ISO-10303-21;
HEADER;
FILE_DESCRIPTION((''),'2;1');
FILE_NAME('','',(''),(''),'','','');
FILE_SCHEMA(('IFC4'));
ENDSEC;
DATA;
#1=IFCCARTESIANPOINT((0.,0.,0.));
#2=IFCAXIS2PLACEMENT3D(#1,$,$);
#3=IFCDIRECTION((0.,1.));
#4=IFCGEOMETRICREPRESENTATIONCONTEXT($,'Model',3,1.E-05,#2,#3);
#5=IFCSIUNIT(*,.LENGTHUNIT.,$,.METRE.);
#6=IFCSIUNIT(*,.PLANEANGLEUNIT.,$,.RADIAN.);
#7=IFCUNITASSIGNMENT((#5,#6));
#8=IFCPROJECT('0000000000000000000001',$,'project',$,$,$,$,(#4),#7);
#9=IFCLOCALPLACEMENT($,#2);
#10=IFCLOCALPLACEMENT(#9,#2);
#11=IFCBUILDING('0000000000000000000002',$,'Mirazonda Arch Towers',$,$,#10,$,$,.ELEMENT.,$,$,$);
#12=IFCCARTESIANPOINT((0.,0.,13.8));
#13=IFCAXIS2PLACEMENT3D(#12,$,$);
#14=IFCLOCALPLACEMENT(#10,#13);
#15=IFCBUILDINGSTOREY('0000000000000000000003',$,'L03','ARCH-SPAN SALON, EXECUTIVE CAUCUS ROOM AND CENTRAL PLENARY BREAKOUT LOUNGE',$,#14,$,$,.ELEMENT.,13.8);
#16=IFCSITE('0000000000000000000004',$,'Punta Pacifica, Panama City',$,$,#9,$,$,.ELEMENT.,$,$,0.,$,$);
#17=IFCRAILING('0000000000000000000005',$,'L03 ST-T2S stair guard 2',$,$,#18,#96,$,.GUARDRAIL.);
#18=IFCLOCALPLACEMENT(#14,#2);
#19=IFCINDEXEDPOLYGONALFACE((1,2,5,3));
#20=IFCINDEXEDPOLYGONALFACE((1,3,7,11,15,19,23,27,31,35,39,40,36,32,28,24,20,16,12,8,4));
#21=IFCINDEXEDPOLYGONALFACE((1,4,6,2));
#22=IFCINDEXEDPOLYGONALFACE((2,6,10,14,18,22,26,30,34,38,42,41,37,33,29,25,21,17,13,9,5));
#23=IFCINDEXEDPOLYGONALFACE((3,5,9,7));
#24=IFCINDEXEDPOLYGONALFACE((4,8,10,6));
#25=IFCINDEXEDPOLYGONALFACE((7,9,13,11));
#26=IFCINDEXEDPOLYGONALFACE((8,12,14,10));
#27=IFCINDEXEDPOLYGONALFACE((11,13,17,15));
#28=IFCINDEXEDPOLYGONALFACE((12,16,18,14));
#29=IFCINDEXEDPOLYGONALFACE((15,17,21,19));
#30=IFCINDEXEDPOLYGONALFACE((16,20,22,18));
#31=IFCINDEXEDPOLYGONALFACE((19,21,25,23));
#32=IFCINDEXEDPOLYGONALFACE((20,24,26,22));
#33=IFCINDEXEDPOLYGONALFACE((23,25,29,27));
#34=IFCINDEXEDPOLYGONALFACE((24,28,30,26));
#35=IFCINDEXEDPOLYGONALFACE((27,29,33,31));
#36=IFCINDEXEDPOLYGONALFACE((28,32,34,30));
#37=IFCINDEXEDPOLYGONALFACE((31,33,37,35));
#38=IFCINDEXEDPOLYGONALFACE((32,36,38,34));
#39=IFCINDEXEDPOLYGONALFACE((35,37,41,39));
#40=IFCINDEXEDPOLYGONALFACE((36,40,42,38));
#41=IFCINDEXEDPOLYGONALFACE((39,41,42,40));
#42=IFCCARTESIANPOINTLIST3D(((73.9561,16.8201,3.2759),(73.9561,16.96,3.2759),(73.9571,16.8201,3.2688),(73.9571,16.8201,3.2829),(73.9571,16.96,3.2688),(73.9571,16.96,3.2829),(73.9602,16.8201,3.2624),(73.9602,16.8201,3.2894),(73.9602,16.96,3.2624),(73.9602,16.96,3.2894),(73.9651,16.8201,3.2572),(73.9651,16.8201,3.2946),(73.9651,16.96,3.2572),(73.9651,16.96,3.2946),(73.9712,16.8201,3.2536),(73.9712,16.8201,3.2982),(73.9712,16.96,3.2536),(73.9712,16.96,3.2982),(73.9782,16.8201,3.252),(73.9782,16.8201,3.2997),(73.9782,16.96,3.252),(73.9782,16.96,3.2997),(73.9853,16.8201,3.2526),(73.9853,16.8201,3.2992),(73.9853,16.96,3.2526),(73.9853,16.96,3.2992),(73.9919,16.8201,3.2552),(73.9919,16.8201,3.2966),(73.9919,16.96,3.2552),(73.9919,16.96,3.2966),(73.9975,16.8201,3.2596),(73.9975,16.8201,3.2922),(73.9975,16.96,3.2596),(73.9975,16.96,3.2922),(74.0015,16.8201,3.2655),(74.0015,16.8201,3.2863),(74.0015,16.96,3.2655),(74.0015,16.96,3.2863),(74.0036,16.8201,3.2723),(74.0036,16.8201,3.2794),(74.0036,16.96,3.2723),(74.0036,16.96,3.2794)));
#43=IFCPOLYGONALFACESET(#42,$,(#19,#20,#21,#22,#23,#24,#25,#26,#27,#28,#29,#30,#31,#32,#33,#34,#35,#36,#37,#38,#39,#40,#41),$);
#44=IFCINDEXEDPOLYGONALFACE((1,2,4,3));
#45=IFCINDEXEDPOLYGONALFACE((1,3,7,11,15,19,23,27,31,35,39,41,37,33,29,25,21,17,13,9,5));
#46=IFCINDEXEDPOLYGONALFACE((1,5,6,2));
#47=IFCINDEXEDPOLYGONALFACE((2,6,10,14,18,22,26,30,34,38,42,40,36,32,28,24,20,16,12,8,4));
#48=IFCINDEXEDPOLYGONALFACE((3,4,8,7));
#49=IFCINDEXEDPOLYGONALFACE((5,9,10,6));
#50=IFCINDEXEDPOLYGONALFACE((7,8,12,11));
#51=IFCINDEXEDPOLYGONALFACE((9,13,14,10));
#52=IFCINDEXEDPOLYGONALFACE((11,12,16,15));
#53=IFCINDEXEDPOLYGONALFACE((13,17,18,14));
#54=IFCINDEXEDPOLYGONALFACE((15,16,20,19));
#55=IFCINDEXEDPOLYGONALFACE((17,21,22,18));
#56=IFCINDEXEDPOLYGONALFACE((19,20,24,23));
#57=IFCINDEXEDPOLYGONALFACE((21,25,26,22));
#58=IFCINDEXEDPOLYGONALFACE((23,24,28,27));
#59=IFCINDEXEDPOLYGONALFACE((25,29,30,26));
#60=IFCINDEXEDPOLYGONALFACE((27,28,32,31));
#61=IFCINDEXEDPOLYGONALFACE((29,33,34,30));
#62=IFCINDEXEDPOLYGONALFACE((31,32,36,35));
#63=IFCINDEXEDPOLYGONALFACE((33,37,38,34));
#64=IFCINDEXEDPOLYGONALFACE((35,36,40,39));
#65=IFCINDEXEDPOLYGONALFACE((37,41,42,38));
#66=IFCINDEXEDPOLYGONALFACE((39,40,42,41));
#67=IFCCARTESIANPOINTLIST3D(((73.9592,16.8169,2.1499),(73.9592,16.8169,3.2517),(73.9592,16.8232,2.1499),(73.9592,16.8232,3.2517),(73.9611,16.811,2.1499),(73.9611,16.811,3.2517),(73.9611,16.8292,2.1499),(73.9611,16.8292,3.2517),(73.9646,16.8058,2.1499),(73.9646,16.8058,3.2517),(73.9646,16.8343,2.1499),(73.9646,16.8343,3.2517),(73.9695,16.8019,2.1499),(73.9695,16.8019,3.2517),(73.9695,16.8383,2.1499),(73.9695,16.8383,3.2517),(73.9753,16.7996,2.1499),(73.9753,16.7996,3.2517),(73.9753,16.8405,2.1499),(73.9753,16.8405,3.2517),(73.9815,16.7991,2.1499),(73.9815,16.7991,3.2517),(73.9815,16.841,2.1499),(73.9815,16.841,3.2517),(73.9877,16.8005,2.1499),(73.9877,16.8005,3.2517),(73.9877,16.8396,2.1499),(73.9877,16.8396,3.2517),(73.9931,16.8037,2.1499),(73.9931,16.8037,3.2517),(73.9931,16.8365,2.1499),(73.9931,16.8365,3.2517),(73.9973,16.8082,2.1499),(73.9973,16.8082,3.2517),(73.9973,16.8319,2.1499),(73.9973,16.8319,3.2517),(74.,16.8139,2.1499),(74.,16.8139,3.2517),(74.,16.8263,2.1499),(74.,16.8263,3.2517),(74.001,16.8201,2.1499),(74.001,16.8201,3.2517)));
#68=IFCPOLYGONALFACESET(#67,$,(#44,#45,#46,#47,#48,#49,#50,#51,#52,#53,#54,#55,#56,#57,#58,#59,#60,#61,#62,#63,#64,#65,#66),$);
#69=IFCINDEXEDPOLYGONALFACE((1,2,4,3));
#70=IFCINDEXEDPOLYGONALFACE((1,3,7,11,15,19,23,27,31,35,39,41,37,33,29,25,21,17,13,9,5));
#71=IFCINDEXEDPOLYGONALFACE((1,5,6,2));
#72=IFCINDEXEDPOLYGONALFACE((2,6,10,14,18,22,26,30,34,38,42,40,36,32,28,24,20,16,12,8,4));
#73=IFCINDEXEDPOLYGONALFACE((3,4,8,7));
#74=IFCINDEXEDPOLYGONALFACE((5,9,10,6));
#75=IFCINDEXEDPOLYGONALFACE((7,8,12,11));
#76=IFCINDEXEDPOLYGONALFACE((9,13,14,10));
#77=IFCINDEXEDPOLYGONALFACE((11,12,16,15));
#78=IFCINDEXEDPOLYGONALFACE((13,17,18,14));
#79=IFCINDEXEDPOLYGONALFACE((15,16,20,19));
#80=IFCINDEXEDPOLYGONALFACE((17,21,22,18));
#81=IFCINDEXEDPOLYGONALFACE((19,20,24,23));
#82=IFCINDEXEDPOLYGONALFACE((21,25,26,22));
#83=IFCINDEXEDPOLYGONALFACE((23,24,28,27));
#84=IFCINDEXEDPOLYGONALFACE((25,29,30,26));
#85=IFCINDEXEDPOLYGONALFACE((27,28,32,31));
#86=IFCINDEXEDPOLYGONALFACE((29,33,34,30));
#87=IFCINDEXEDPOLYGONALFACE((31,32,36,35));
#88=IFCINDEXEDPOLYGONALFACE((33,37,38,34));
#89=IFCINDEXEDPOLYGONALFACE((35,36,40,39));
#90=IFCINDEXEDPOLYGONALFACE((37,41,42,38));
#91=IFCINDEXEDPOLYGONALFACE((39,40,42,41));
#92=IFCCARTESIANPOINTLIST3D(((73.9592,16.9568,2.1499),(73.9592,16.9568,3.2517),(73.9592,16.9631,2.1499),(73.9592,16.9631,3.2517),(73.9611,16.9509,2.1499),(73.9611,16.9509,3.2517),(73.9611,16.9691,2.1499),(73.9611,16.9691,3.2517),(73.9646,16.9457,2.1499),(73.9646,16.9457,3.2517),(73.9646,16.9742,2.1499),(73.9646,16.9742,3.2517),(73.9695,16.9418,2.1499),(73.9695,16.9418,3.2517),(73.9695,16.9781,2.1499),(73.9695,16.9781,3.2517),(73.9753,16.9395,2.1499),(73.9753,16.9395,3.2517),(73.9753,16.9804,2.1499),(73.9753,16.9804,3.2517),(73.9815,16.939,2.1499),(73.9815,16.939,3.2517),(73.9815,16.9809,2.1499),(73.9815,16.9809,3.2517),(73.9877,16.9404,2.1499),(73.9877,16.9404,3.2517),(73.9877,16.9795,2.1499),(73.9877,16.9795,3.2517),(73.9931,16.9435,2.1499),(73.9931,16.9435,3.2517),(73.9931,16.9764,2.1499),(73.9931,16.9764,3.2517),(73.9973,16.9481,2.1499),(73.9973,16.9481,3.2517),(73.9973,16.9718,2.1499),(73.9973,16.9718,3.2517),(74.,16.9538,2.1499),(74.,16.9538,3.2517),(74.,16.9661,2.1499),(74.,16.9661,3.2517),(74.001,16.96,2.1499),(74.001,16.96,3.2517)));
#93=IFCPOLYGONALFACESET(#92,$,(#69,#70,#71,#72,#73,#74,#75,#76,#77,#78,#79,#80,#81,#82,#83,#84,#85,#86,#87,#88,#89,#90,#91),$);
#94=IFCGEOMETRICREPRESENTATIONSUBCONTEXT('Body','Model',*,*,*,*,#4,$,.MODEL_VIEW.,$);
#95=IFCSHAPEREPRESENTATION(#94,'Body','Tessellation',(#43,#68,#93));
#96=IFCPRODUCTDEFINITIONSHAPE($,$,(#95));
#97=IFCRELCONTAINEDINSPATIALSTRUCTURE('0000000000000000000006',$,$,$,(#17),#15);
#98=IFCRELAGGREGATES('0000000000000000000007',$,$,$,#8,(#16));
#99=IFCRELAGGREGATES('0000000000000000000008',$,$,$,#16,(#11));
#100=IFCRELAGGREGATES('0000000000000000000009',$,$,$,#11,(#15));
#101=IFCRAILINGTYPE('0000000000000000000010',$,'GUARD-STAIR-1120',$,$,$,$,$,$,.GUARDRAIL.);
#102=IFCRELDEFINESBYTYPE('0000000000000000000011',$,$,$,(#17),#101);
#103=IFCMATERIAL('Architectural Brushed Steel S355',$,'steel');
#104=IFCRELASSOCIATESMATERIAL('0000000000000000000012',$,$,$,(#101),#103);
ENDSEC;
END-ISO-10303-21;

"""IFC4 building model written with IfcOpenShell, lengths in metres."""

from ifc_helpers import new_model, si_unit, direction, frame, origin, origin_2d, place, context, subcontext, project, spatial, circle, extrude, material, type_object, element, save


model = new_model("IFC4")

# Units and contexts
model_context = context("Model", 3, precision=1e-05, world=origin(), true_north=direction((0.0, 1.0)))
body_context = subcontext(model_context, "Body", "Model", "MODEL_VIEW")
ifc_project = project(units=[si_unit("LENGTHUNIT", "METRE"), si_unit("PLANEANGLEUNIT", "RADIAN")], contexts=[model_context])

# Site, building, storey
site_placement = place(None, origin())
site = spatial("IfcSite", under=ifc_project, at=site_placement, Name="Punta Pacifica, Panama City", CompositionType="ELEMENT", RefElevation=0.0)
building_placement = place(site_placement, origin())
building = spatial("IfcBuilding", under=site, at=building_placement, Name="Mirazonda Arch Towers", CompositionType="ELEMENT")
storey_placement = place(building_placement, frame((0.0, 0.0, 13.8)))
storey = spatial("IfcBuildingStorey", under=building, at=storey_placement, Name="L03", Description="ARCH-SPAN SALON, EXECUTIVE CAUCUS ROOM AND CENTRAL PLENARY BREAKOUT LOUNGE", CompositionType="ELEMENT", Elevation=13.8)

# Railing
ifc_material_1 = material(Name="Architectural Brushed Steel S355", Category="steel")
railing_type_1 = type_object("IfcRailingType", Name="GUARD-STAIR-1120", PredefinedType="GUARDRAIL", material=ifc_material_1)
railing_1_placement = place(storey_placement, frame((73.98, 16.8201, 2.1499)))
element("IfcRailing", 1, at=railing_1_placement, inside=storey, type_object=railing_type_1, Name="L03 ST-T2S stair guard 2", PredefinedType="GUARDRAIL", context=body_context, shape_type="SweptSolid", body=[
    extrude(circle(Radius=0.0239, at=origin_2d()), frame((0.0, 0.0, 1.126), z_axis=(0.0, 1.0, 0.0), x_axis=(-1.0, 0.0, 0.0)), (0.0, 0.0, 1.0), 0.1399),
    extrude(circle(Radius=0.021, at=origin_2d()), origin(), (0.0, 0.0, 1.0), 1.1018),
    extrude(circle(Radius=0.021, at=origin_2d()), frame((0.0, 0.1399, 0.0)), (0.0, 0.0, 1.0), 1.1018),
])

save(model, "model.ifc")
